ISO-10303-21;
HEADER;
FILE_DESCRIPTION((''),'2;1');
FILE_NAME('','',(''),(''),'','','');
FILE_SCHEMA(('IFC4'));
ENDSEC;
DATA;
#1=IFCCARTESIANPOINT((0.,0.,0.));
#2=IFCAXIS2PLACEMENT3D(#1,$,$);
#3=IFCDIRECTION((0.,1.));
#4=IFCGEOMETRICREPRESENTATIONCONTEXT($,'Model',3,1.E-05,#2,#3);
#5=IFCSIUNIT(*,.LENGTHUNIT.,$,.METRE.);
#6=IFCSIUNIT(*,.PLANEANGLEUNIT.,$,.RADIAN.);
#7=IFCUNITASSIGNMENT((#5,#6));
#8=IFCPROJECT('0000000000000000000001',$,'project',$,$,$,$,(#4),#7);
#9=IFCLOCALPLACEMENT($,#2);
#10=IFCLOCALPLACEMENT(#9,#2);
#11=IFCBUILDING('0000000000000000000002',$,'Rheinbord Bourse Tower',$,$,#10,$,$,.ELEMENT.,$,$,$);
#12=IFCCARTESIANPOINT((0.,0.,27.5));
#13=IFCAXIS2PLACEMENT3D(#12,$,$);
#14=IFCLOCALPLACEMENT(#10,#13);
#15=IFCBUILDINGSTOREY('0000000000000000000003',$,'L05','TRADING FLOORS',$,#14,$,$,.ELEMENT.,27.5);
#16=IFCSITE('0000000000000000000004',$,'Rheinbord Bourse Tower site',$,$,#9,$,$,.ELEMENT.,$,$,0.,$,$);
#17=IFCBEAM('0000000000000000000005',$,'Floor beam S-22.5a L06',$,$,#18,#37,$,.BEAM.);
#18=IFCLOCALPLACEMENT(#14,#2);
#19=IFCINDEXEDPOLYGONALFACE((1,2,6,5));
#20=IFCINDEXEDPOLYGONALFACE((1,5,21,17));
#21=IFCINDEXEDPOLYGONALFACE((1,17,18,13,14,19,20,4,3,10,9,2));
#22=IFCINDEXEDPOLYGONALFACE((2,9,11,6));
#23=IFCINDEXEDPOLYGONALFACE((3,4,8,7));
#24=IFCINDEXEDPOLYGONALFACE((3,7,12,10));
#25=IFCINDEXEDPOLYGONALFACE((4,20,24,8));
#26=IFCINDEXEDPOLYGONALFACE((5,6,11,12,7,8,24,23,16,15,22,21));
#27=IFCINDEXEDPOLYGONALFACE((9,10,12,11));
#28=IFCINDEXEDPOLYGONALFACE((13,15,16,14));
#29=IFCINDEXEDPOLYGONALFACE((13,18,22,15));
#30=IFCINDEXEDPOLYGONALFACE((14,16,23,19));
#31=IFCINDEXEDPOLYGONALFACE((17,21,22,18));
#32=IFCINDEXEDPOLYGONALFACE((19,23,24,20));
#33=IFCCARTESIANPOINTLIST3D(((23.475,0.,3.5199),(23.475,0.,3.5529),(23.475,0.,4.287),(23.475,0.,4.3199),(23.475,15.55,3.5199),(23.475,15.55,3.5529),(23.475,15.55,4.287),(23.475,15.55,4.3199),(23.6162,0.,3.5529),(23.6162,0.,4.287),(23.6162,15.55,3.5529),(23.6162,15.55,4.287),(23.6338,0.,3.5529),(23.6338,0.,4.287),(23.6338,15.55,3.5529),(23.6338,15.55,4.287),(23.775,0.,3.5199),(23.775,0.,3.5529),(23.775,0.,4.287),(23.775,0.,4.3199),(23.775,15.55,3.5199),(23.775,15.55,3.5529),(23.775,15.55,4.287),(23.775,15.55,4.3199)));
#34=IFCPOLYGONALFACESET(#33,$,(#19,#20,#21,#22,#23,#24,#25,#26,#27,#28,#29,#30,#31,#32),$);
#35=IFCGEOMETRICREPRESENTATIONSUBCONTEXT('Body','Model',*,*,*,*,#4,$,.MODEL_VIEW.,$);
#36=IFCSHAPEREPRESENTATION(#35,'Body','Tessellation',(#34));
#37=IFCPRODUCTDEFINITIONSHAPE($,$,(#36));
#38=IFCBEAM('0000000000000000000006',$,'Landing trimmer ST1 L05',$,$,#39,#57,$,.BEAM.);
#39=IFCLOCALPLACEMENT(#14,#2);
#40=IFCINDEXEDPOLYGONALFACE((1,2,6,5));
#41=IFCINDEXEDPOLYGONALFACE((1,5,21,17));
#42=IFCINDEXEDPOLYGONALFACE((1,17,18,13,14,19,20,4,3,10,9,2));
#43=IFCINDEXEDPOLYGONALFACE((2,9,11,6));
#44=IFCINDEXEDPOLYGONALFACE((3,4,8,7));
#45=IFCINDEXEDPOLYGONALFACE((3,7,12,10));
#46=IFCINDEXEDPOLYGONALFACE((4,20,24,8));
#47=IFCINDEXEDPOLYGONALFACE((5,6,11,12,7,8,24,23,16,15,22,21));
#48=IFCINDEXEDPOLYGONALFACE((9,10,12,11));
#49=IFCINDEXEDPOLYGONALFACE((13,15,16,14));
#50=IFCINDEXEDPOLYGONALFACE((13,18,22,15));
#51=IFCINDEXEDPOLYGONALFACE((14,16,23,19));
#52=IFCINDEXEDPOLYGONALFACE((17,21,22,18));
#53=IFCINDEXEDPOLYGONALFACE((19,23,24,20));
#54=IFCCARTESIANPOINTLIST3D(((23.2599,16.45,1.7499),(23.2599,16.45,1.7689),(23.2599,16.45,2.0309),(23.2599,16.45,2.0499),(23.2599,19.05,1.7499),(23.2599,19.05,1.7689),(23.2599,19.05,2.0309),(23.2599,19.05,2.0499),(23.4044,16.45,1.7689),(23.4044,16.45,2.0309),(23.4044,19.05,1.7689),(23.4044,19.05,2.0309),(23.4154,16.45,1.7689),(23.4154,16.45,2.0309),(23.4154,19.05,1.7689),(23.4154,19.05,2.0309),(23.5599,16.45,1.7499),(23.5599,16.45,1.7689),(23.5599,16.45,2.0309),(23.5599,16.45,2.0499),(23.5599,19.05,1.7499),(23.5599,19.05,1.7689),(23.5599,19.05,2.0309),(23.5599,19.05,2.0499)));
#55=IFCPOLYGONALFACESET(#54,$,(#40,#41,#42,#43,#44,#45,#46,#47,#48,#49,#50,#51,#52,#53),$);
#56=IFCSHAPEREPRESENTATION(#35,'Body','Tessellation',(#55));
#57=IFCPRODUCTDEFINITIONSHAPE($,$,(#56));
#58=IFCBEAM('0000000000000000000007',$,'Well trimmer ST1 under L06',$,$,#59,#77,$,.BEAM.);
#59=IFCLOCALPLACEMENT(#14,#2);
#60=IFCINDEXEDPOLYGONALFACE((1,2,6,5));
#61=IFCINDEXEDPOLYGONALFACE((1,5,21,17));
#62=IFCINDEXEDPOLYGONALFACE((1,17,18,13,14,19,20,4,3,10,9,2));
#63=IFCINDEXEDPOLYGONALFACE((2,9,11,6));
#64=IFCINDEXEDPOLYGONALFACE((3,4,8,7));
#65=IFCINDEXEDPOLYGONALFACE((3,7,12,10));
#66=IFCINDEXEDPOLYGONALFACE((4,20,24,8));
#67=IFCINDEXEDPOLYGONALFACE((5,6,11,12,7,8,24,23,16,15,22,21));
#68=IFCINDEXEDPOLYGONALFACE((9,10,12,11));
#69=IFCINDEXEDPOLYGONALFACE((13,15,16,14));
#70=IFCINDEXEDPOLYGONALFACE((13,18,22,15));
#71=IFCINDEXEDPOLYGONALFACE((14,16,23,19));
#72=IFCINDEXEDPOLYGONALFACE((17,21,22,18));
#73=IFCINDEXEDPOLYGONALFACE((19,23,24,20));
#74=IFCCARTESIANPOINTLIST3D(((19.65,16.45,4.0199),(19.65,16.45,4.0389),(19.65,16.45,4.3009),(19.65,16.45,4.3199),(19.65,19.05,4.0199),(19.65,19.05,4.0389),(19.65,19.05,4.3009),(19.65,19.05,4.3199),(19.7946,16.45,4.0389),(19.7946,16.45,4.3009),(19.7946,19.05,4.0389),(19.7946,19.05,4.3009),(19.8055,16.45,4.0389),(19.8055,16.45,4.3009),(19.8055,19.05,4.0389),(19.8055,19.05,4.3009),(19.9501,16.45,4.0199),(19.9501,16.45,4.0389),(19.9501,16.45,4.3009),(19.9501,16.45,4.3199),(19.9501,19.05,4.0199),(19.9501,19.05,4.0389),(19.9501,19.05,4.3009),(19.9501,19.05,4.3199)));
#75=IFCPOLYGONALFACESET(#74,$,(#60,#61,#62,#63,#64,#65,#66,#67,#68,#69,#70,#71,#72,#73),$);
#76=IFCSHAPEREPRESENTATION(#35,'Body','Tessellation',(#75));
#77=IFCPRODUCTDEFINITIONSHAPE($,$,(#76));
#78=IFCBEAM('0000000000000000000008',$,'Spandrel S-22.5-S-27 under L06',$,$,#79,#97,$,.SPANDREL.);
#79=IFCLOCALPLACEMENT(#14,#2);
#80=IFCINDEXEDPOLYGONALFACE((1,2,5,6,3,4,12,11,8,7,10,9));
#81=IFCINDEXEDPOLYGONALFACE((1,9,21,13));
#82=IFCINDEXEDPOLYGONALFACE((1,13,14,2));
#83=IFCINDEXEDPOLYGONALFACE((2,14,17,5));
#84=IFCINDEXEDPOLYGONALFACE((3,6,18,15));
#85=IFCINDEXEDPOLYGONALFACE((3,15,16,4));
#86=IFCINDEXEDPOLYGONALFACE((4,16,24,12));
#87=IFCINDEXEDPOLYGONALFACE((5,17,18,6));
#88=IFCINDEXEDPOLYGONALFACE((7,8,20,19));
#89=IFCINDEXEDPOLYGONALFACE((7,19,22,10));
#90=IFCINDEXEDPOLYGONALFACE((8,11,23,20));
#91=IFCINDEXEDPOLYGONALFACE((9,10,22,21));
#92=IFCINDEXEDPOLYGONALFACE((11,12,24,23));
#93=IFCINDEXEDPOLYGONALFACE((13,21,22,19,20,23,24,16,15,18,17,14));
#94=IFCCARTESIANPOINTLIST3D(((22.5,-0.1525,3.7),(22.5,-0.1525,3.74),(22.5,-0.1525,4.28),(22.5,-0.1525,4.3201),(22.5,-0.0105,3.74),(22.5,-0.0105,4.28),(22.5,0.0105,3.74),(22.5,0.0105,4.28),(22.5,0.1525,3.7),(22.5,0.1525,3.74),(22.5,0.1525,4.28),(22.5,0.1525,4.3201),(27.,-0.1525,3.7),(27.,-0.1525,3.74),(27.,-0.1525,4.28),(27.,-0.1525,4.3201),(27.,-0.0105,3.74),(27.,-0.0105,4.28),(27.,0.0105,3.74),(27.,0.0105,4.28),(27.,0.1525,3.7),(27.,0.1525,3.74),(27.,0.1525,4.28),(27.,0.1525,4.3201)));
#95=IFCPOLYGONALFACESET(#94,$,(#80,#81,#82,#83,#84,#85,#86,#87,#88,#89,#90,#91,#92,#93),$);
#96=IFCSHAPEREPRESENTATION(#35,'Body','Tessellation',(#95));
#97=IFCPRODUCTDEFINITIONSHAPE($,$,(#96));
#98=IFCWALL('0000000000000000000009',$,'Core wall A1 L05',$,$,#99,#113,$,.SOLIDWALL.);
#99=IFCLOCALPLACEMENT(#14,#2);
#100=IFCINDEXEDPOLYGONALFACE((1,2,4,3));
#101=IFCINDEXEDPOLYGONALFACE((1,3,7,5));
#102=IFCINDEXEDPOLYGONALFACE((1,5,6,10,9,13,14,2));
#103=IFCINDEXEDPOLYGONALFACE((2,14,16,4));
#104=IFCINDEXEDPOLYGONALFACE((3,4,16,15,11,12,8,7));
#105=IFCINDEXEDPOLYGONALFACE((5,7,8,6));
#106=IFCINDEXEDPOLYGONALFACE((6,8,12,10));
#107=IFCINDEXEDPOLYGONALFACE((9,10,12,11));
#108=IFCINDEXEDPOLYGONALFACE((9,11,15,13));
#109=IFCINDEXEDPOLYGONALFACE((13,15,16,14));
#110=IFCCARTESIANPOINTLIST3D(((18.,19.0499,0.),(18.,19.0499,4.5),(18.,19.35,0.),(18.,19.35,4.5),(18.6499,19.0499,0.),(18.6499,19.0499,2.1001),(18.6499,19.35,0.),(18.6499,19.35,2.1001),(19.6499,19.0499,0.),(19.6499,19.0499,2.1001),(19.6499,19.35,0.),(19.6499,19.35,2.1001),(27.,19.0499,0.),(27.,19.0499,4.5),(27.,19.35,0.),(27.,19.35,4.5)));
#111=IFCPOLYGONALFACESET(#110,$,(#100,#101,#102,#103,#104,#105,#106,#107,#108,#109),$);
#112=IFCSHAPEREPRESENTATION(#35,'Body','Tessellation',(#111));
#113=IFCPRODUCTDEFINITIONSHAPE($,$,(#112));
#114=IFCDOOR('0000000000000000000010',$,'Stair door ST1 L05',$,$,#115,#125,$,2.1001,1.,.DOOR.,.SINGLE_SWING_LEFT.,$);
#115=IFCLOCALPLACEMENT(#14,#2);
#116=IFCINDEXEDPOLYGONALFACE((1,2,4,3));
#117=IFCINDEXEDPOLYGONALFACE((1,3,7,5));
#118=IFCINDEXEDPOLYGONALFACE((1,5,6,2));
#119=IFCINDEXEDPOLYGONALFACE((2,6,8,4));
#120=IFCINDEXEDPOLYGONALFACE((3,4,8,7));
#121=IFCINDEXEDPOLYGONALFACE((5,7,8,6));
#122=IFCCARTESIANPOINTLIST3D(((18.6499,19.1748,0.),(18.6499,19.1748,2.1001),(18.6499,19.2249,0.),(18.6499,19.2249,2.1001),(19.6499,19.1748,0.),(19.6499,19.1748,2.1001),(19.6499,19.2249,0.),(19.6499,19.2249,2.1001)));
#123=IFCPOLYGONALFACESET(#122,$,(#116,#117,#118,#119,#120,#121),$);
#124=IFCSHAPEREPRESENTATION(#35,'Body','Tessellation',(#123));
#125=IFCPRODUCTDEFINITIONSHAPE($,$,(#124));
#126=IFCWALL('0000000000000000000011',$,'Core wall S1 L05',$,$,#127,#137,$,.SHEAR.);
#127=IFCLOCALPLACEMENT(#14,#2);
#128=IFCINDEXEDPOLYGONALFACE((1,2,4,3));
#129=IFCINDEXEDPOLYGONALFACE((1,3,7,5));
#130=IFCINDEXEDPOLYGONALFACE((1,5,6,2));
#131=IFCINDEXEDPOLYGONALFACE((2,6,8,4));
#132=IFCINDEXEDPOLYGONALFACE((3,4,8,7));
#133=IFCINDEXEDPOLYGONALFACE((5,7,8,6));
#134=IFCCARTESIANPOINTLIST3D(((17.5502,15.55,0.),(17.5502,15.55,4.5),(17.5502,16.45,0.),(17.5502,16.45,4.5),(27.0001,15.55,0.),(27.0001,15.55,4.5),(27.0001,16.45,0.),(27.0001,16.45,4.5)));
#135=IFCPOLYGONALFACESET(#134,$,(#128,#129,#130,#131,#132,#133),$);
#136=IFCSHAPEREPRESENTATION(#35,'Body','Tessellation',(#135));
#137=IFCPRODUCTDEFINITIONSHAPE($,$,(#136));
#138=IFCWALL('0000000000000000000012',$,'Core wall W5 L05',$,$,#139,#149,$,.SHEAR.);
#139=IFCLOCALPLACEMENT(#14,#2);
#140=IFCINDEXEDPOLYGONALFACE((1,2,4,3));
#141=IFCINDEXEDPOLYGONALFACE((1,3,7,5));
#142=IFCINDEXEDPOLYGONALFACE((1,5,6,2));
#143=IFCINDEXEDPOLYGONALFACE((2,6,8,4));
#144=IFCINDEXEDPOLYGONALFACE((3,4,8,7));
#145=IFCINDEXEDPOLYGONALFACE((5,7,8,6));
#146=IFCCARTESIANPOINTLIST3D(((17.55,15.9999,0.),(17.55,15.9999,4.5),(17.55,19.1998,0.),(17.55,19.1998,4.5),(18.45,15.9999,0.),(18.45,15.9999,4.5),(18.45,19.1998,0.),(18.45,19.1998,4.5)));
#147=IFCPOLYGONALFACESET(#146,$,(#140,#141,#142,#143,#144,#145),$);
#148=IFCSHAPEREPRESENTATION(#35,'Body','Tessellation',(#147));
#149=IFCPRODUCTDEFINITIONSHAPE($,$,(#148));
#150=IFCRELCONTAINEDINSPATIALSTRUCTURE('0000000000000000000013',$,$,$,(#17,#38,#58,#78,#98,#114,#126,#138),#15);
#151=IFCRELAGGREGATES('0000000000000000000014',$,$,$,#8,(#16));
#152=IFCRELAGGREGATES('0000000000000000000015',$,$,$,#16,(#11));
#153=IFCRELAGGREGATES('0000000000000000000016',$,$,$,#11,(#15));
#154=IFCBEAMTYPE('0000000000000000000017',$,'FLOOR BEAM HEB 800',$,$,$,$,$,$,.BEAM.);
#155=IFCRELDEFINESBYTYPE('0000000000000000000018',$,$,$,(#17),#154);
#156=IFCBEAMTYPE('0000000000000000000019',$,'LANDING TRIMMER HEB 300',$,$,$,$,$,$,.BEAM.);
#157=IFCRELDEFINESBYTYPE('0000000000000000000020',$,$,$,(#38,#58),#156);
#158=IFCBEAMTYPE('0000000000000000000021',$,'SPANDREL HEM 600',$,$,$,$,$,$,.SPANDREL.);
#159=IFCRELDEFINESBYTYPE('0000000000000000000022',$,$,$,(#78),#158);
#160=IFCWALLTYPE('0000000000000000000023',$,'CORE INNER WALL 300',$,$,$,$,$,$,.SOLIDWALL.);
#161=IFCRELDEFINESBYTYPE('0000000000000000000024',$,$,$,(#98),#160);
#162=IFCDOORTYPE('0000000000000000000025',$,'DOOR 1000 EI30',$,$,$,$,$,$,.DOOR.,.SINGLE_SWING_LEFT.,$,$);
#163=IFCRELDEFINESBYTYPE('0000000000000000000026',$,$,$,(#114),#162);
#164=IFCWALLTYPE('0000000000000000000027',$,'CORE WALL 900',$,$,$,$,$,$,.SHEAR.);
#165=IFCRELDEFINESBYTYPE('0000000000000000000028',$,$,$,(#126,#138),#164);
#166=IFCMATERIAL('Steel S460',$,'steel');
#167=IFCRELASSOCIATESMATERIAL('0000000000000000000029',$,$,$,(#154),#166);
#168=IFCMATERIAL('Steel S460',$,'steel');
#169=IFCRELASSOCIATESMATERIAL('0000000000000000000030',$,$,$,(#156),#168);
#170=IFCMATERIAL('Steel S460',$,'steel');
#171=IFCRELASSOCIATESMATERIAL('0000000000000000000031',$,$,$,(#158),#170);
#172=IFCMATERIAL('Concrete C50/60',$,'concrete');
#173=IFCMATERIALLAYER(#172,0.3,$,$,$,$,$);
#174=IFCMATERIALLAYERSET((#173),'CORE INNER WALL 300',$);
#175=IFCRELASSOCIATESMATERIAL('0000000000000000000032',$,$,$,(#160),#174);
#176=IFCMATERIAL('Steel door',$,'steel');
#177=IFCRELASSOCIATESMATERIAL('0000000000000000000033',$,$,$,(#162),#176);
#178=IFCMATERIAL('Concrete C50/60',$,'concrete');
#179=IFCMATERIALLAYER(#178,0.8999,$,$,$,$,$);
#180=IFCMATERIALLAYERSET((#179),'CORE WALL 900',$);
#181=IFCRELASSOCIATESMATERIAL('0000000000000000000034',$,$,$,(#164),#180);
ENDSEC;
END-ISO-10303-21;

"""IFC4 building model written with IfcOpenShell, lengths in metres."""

from ifc_helpers import new_model, si_unit, direction, frame, frame_2d, origin, origin_2d, place, context, subcontext, project, spatial, rectangle, i_section, extrude, material, layer, layer_set, material_profile, profile_set, type_object, element, fill, save


model = new_model("IFC4")

# Units and contexts
model_context = context("Model", 3, precision=1e-05, world=origin(), true_north=direction((0.0, 1.0)))
body_context = subcontext(model_context, "Body", "Model", "MODEL_VIEW")
ifc_project = project(units=[si_unit("LENGTHUNIT", "METRE"), si_unit("PLANEANGLEUNIT", "RADIAN")], contexts=[model_context])

# Site, building, storey
site_placement = place(None, origin())
site = spatial("IfcSite", under=ifc_project, at=site_placement, Name="Rheinbord Bourse Tower site", CompositionType="ELEMENT", RefElevation=0.0)
building_placement = place(site_placement, origin())
building = spatial("IfcBuilding", under=site, at=building_placement, Name="Rheinbord Bourse Tower", CompositionType="ELEMENT")
storey_placement = place(building_placement, frame((0.0, 0.0, 27.5)))
storey = spatial("IfcBuildingStorey", under=building, at=storey_placement, Name="L05", Description="TRADING FLOORS", CompositionType="ELEMENT", Elevation=27.5)

# Beams
ifc_material_1 = material(Name="Steel S460", Category="steel")
ifc_material_profile_1 = material_profile(ifc_material_1, i_section(OverallWidth=0.3, OverallDepth=0.8, WebThickness=0.0176, FlangeThickness=0.033, at=origin_2d()), Name="HEB 800")
ifc_profile_set_1 = profile_set([ifc_material_profile_1], Name="Steel S460")
beam_type_1 = type_object("IfcBeamType", Name="FLOOR BEAM HEB 800", PredefinedType="BEAM", material=ifc_profile_set_1)
beam_1_placement = place(storey_placement, frame((23.625, 0.0, 3.9199), z_axis=(0.0, 1.0, 0.0), x_axis=(-1.0, 0.0, 0.0)))
element("IfcBeam", 1, at=beam_1_placement, inside=storey, type_object=beam_type_1, Name="Floor beam S-22.5a L06", PredefinedType="BEAM", context=body_context, shape_type="SweptSolid", body=[
    extrude(i_section(OverallWidth=0.3, OverallDepth=0.8, WebThickness=0.0176, FlangeThickness=0.033, at=origin_2d()), origin(), (0.0, 0.0, 1.0), 15.55),
])
ifc_material_2 = material(Name="Steel S460", Category="steel")
ifc_material_profile_2 = material_profile(ifc_material_2, i_section(OverallWidth=0.3, OverallDepth=0.3, WebThickness=0.011, FlangeThickness=0.019, at=origin_2d()), Name="HEB 300")
ifc_profile_set_2 = profile_set([ifc_material_profile_2], Name="Steel S460")
beam_type_2 = type_object("IfcBeamType", Name="LANDING TRIMMER HEB 300", PredefinedType="BEAM", material=ifc_profile_set_2)
for number, where, z_axis, x_axis, name in (
    (2, (23.4099, 16.45, 1.8999), (0.0, 1.0, 0.0), (-1.0, 0.0, 0.0), "Landing trimmer ST1 L05"),
    (3, (19.8, 16.45, 4.1699), (0.0, 1.0, 0.0), (-1.0, 0.0, 0.0), "Well trimmer ST1 under L06"),
):
    element("IfcBeam", number, at=place(storey_placement, frame(where, z_axis=z_axis, x_axis=x_axis)), inside=storey, type_object=beam_type_2, Name=name, PredefinedType="BEAM", context=body_context, shape_type="SweptSolid", body=[
        extrude(i_section(OverallWidth=0.3, OverallDepth=0.3, WebThickness=0.011, FlangeThickness=0.019, at=origin_2d()), origin(), (0.0, 0.0, 1.0), 2.6001),
    ])
ifc_material_3 = material(Name="Steel S460", Category="steel")
ifc_material_profile_3 = material_profile(ifc_material_3, i_section(OverallWidth=0.3049, OverallDepth=0.6201, WebThickness=0.021, FlangeThickness=0.04, at=origin_2d()), Name="HEM 600")
ifc_profile_set_3 = profile_set([ifc_material_profile_3], Name="Steel S460")
beam_type_3 = type_object("IfcBeamType", Name="SPANDREL HEM 600", PredefinedType="SPANDREL", material=ifc_profile_set_3)
beam_2_placement = place(storey_placement, frame((22.5, 0.0, 4.01), z_axis=(1.0, 0.0, 0.0), x_axis=(0.0, 1.0, 0.0)))
element("IfcBeam", 4, at=beam_2_placement, inside=storey, type_object=beam_type_3, Name="Spandrel S-22.5-S-27 under L06", PredefinedType="SPANDREL", context=body_context, shape_type="SweptSolid", body=[
    extrude(i_section(OverallWidth=0.3049, OverallDepth=0.6201, WebThickness=0.021, FlangeThickness=0.04, at=origin_2d()), origin(), (0.0, 0.0, 1.0), 4.5),
])

# Wall, opening, door
ifc_material_4 = material(Name="Concrete C50/60", Category="concrete")
ifc_layer_1 = layer(ifc_material_4, 0.3)
ifc_layer_set_1 = layer_set([ifc_layer_1], Name="CORE INNER WALL 300")
wall_type_1 = type_object("IfcWallType", Name="CORE INNER WALL 300", PredefinedType="SOLIDWALL", material=ifc_layer_set_1)
wall_1_placement = place(storey_placement, frame((18.0, 19.2, 0.0), z_axis=(0.0, 0.0, 1.0), x_axis=(1.0, 0.0, 0.0)))
wall_1 = element("IfcWall", 5, at=wall_1_placement, inside=storey, type_object=wall_type_1, Name="Core wall A1 L05", PredefinedType="SOLIDWALL", context=body_context, shape_type="SweptSolid", body=[
    extrude(rectangle(XDim=9.0, YDim=0.3, at=frame_2d((4.5, 0.0))), origin(), (0.0, 0.0, 1.0), 4.5),
])
opening_1_placement = place(wall_1_placement, frame((0.6499, 0.0, 0.0)))
opening_1 = element("IfcOpeningElement", 6, at=opening_1_placement, cuts=wall_1, PredefinedType="OPENING", context=body_context, shape_type="SweptSolid", body=[
    extrude(rectangle(XDim=1.0, YDim=2.1001, at=frame_2d((0.5, 1.05))), frame((0.0, 0.1599, 0.0), z_axis=(0.0, -1.0, 0.0), x_axis=(1.0, 0.0, 0.0)), (0.0, 0.0, 1.0), 0.3201),
])
ifc_material_5 = material(Name="Steel door", Category="steel")
door_type_1 = type_object("IfcDoorType", Name="DOOR 1000 EI30", OperationType="SINGLE_SWING_LEFT", PredefinedType="DOOR", material=ifc_material_5)
door_1_placement = place(opening_1_placement, origin())
door_1 = element("IfcDoor", 7, at=door_1_placement, inside=storey, type_object=door_type_1, Name="Stair door ST1 L05", OperationType="SINGLE_SWING_LEFT", OverallHeight=2.1001, OverallWidth=1.0, PredefinedType="DOOR", context=body_context, shape_type="SweptSolid", body=[
    extrude(rectangle(XDim=1.0, YDim=2.1001, at=frame_2d((0.5, 1.05))), frame((0.0, 0.0249, 0.0), z_axis=(0.0, -1.0, 0.0), x_axis=(1.0, 0.0, 0.0)), (0.0, 0.0, 1.0), 0.05),
])
fill(opening_1, door_1)

# Walls
ifc_material_6 = material(Name="Concrete C50/60", Category="concrete")
ifc_layer_2 = layer(ifc_material_6, 0.8999)
ifc_layer_set_2 = layer_set([ifc_layer_2], Name="CORE WALL 900")
wall_type_2 = type_object("IfcWallType", Name="CORE WALL 900", PredefinedType="SHEAR", material=ifc_layer_set_2)
wall_2_placement = place(storey_placement, frame((17.55, 16.0, 0.0), z_axis=(0.0, 0.0, 1.0), x_axis=(1.0, 0.0, 0.0)))
element("IfcWall", 8, at=wall_2_placement, inside=storey, type_object=wall_type_2, Name="Core wall S1 L05", PredefinedType="SHEAR", context=body_context, shape_type="SweptSolid", body=[
    extrude(rectangle(XDim=9.45, YDim=0.8999, at=frame_2d((4.7251, 0.0))), origin(), (0.0, 0.0, 1.0), 4.5),
])
wall_3_placement = place(storey_placement, frame((18.0, 19.2, 0.0), z_axis=(0.0, 0.0, 1.0), x_axis=(0.0, -1.0, 0.0)))
element("IfcWall", 9, at=wall_3_placement, inside=storey, type_object=wall_type_2, Name="Core wall W5 L05", PredefinedType="SHEAR", context=body_context, shape_type="SweptSolid", body=[
    extrude(rectangle(XDim=3.2, YDim=0.8999, at=frame_2d((1.6001, 0.0))), origin(), (0.0, 0.0, 1.0), 4.5),
])

save(model, "model.ifc")
